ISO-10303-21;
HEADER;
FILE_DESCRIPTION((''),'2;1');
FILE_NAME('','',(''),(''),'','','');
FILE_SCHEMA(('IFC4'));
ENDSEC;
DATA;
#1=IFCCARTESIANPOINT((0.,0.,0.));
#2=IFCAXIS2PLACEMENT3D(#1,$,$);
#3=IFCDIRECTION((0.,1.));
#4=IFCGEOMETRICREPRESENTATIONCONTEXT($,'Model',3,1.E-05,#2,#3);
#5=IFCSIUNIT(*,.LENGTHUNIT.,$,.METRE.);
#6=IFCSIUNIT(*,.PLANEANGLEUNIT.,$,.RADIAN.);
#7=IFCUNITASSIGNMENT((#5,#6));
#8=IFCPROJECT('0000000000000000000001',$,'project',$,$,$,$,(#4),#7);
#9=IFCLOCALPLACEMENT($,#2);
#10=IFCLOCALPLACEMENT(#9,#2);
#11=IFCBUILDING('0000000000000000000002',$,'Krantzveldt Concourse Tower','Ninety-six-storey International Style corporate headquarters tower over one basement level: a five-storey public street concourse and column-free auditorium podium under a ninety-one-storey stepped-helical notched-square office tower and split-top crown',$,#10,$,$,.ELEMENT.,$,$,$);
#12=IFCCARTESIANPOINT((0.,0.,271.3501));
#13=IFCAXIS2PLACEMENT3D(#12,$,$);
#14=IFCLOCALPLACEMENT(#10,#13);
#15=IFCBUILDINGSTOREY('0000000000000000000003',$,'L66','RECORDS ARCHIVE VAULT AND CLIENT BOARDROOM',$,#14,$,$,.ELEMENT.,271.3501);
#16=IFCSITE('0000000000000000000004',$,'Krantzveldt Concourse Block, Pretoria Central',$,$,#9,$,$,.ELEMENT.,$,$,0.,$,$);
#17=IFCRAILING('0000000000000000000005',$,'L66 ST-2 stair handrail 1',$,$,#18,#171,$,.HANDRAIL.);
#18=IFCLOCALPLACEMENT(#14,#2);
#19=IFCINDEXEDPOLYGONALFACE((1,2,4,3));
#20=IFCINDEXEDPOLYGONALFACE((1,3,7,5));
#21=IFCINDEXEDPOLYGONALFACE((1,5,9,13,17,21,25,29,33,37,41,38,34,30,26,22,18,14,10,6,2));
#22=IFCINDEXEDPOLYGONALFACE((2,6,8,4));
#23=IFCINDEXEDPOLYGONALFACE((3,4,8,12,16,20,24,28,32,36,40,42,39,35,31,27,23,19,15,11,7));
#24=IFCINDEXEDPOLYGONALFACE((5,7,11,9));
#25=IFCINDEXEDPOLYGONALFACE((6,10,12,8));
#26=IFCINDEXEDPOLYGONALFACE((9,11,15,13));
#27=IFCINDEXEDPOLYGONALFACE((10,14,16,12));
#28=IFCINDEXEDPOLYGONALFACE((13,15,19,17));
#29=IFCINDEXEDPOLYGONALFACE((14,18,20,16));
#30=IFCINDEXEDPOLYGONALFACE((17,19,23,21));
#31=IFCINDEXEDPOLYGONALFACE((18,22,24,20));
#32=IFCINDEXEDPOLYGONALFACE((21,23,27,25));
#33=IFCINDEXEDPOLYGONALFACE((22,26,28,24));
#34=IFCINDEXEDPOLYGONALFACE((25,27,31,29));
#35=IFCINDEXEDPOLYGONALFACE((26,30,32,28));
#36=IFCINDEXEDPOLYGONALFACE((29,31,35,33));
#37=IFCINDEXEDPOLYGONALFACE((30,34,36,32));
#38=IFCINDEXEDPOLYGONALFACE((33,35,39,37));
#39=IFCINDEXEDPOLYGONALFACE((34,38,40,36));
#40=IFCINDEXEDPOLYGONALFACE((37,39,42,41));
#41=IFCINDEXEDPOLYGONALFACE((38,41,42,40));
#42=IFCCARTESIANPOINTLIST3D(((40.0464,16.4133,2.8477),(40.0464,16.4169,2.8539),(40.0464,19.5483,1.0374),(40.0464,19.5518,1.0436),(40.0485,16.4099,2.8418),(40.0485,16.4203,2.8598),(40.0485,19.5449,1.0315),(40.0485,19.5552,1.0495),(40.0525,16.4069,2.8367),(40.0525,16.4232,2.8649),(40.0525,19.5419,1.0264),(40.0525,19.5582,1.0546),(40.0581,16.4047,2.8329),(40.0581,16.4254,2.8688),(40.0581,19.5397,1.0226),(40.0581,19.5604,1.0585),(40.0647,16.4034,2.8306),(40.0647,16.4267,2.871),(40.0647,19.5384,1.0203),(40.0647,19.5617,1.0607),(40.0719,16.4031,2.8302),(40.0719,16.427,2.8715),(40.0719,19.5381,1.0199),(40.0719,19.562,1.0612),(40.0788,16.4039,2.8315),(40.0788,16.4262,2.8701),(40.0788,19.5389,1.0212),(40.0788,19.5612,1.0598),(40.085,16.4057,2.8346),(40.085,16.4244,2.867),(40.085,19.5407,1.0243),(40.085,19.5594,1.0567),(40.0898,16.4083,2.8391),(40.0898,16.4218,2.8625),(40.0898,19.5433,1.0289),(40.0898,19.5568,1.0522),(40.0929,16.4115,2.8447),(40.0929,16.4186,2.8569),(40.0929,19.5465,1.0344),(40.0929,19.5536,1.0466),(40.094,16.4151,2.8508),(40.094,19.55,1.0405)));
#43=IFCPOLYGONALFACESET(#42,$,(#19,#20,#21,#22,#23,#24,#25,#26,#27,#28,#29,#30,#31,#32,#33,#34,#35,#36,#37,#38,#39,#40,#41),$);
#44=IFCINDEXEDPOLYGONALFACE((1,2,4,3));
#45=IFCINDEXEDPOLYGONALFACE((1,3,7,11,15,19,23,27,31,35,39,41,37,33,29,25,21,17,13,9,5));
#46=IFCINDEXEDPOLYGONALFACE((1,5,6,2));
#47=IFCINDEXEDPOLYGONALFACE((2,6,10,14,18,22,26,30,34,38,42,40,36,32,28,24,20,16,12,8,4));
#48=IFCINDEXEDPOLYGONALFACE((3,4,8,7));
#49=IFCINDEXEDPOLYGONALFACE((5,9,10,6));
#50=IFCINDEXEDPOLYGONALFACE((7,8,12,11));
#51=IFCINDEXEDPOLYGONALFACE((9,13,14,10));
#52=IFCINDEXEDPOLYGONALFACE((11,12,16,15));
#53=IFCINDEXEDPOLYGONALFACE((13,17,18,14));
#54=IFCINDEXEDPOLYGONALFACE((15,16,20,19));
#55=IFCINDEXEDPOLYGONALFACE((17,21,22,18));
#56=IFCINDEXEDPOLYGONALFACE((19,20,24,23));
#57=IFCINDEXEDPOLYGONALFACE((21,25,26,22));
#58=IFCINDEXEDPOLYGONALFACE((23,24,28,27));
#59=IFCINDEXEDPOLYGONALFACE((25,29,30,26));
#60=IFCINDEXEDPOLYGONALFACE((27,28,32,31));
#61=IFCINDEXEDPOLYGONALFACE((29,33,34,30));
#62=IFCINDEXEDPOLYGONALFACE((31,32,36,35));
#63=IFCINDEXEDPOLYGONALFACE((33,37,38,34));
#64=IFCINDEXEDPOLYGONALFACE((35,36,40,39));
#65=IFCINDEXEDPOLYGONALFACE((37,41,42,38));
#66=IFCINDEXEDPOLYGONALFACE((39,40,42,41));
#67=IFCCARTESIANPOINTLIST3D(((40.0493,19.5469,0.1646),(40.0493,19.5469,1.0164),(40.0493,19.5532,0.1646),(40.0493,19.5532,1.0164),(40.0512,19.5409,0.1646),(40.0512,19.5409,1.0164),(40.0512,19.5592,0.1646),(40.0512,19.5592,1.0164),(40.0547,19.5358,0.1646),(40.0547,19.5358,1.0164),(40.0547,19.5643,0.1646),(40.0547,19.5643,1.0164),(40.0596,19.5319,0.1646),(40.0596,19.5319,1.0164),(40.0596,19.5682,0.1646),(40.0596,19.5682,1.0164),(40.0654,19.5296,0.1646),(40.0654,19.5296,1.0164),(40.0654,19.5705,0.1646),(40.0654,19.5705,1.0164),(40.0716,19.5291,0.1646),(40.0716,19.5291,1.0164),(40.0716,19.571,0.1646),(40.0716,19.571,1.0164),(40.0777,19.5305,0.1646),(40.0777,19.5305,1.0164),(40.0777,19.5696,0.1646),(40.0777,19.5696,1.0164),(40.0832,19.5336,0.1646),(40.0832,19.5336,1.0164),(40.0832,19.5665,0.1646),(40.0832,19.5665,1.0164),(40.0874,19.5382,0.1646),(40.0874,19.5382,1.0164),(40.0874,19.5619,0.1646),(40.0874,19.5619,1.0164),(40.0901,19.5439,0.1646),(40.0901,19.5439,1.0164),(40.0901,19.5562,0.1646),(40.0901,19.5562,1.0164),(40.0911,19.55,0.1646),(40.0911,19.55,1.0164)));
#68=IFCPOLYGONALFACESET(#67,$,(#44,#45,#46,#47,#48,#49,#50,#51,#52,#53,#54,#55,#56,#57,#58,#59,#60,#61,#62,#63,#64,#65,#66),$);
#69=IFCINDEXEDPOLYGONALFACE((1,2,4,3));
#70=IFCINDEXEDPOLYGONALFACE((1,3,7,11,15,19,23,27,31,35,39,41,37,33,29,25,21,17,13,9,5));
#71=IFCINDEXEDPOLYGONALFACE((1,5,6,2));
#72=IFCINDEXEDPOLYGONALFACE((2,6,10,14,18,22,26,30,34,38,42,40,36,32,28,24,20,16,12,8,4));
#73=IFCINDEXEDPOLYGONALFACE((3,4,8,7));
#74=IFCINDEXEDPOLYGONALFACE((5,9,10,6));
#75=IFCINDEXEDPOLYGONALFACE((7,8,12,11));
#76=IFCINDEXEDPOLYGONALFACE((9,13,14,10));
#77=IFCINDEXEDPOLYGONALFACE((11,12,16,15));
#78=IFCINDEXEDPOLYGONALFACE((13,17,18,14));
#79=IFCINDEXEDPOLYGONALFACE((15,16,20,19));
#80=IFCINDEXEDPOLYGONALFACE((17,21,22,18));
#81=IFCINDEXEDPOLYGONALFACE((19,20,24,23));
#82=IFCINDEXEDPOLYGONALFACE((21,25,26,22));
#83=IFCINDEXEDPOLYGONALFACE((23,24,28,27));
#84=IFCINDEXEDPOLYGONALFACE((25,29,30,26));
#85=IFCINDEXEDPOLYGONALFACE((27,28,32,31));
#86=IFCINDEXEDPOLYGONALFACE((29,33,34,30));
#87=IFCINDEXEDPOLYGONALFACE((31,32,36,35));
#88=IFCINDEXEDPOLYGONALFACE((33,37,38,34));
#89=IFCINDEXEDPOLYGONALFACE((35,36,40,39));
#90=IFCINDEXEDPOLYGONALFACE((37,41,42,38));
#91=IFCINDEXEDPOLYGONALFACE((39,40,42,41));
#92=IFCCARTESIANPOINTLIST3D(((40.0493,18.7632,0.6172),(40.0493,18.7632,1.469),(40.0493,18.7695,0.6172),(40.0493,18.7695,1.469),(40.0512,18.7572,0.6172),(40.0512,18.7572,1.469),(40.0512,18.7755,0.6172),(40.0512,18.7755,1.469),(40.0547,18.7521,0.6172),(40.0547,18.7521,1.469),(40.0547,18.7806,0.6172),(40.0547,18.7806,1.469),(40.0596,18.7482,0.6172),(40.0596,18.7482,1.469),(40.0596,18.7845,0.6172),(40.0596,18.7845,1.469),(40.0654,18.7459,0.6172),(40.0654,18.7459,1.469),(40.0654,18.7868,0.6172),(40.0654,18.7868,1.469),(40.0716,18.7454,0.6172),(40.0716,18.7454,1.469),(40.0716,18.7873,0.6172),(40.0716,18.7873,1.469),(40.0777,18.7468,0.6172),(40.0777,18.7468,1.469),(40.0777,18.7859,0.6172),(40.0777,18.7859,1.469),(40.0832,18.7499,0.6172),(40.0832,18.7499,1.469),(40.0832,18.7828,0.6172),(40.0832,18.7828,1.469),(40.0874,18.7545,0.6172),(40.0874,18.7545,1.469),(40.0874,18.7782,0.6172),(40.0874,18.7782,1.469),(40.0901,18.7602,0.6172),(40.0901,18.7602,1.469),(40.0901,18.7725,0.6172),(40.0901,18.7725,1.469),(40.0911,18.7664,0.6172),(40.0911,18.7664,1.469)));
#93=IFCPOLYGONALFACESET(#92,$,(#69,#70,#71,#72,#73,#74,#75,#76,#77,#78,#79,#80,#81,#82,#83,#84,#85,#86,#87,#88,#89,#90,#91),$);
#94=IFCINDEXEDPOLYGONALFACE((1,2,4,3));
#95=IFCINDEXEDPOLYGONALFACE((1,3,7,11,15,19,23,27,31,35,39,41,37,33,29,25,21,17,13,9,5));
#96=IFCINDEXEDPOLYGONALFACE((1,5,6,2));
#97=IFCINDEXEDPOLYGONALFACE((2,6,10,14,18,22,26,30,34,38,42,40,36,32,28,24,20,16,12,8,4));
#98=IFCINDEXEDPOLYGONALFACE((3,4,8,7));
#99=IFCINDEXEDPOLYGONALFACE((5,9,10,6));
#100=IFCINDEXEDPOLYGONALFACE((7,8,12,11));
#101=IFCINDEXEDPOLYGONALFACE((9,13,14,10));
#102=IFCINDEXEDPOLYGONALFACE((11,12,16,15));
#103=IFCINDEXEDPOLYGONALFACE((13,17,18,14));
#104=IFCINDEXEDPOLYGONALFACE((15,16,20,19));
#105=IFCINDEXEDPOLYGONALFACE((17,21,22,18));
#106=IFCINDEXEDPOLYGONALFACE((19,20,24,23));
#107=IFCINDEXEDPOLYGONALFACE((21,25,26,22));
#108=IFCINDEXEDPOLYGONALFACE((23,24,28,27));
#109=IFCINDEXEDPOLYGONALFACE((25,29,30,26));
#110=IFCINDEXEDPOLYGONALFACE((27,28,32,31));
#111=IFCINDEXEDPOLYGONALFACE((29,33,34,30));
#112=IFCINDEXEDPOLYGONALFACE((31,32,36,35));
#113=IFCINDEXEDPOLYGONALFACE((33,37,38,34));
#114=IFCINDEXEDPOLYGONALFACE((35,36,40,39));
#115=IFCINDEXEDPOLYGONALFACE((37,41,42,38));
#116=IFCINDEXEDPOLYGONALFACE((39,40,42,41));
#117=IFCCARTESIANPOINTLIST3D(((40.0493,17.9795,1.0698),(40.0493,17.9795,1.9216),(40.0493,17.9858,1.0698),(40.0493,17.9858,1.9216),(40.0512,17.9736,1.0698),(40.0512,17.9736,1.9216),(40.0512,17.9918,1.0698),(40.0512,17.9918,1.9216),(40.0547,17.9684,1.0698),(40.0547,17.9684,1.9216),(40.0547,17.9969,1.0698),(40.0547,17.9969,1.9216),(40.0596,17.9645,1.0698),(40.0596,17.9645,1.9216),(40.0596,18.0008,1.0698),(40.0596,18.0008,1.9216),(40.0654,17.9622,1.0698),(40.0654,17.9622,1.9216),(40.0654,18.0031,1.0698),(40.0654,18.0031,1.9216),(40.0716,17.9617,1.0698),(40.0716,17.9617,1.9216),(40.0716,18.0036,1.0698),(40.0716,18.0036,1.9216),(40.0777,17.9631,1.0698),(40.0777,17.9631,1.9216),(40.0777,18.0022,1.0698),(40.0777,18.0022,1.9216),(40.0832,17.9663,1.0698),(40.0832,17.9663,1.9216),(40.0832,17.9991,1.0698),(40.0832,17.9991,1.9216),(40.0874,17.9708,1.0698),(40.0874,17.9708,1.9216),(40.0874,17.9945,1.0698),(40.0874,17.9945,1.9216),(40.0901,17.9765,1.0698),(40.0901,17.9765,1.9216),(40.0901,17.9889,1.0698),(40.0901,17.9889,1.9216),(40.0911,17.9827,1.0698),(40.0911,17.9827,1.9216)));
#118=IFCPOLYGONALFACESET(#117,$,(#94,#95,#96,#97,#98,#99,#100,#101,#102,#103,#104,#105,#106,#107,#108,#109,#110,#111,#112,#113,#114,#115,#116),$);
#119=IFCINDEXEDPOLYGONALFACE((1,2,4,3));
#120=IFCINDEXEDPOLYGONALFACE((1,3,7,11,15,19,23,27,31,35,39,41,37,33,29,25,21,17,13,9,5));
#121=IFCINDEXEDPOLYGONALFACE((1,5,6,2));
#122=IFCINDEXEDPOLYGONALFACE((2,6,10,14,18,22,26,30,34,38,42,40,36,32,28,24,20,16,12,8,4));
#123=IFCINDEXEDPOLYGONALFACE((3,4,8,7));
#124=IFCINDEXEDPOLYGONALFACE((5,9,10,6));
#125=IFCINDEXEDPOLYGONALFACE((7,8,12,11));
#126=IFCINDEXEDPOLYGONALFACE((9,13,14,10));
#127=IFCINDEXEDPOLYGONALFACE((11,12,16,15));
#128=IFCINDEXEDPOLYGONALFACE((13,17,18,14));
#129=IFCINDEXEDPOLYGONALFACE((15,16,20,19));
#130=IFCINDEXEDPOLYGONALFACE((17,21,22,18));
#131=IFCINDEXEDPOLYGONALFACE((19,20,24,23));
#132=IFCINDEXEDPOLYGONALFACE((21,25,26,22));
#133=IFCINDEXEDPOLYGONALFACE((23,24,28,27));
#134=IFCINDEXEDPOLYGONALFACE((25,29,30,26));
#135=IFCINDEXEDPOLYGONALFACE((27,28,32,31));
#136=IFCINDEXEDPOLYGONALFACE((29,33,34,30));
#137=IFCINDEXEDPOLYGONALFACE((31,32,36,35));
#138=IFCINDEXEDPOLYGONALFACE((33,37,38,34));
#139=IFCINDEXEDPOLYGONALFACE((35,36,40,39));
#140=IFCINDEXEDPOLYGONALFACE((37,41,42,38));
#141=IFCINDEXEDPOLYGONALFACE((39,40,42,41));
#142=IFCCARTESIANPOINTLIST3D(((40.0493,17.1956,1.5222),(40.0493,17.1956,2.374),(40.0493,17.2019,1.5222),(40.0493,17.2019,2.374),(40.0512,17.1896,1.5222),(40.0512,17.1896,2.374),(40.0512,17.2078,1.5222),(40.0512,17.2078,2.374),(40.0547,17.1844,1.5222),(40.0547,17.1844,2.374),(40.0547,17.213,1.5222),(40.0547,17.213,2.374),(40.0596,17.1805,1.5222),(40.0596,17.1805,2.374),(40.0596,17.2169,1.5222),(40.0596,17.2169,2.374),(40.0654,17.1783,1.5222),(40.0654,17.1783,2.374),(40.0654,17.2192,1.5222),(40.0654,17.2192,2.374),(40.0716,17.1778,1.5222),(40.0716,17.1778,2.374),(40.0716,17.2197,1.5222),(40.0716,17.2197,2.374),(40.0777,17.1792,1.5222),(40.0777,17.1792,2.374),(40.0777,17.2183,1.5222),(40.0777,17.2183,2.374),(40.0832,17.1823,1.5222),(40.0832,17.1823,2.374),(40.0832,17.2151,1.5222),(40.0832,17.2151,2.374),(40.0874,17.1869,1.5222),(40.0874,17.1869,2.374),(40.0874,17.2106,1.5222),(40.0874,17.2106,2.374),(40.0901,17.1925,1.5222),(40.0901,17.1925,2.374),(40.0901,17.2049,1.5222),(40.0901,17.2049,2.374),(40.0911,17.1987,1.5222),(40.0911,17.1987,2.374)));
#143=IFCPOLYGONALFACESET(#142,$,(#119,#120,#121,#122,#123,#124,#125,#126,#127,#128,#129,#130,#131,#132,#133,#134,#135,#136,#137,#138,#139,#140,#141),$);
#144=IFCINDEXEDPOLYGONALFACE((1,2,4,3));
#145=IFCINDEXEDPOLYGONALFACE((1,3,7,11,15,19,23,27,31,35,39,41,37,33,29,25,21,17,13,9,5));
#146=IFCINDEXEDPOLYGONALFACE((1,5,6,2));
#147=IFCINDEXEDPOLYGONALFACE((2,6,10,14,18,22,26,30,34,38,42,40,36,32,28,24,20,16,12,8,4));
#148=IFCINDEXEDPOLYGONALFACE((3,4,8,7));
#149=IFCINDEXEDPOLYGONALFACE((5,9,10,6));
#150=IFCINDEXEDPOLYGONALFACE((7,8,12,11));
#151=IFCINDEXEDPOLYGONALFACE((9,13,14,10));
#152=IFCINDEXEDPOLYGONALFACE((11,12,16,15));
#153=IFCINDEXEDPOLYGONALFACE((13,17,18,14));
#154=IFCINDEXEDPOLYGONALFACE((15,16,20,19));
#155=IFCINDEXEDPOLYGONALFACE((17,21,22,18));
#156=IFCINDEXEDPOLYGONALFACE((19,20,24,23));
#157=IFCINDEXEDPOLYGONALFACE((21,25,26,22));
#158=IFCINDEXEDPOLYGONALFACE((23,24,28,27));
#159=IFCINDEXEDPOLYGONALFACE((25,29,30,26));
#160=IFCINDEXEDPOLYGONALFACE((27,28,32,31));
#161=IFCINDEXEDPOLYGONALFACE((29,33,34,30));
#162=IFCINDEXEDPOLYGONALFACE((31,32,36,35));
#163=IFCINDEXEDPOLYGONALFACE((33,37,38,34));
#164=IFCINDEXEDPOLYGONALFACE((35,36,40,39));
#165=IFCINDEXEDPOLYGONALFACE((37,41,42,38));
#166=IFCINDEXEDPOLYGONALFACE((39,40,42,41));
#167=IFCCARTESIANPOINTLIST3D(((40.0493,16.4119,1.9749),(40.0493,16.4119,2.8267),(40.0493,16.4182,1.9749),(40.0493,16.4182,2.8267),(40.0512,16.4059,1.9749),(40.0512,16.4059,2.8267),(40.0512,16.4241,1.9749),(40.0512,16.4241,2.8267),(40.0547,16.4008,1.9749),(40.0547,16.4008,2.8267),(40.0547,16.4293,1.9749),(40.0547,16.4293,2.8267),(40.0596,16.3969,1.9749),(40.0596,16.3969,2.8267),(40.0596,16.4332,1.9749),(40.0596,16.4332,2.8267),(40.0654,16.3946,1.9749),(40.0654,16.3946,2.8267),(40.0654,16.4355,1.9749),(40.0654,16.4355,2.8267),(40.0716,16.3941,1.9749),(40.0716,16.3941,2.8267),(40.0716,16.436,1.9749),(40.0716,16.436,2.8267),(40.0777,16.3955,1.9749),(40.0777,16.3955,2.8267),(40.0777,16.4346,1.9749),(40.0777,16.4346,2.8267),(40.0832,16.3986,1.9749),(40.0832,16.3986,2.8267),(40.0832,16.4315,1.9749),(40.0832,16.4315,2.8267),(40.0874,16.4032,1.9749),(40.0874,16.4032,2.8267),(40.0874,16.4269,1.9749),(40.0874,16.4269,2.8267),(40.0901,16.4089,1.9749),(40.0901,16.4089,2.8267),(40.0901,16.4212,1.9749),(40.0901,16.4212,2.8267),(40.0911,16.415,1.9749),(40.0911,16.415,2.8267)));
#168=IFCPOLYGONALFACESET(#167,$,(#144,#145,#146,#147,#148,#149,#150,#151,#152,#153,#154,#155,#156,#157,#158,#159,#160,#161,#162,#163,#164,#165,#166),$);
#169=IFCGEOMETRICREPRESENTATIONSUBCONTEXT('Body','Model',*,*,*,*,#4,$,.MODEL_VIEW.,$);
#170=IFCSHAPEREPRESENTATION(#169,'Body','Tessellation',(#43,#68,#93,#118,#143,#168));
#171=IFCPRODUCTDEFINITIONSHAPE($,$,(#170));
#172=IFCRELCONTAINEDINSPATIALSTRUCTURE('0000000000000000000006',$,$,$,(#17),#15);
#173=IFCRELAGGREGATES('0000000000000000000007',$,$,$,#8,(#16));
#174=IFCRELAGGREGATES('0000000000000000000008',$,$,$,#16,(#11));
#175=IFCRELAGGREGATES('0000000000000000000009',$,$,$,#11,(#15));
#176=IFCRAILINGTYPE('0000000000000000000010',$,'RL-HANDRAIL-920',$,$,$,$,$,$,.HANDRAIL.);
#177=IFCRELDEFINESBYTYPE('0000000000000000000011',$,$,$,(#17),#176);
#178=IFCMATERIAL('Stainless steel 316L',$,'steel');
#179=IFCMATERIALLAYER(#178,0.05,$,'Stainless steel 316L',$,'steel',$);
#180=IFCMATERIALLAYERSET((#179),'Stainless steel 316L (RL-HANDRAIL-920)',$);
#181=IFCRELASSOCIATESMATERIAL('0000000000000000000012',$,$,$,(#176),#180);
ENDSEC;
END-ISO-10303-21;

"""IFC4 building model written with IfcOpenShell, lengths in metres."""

from ifc_helpers import new_model, si_unit, direction, frame, origin, origin_2d, place, context, subcontext, project, spatial, circle, extrude, material, layer, layer_set, type_object, element, save


model = new_model("IFC4")

# Units and contexts
model_context = context("Model", 3, precision=1e-05, world=origin(), true_north=direction((0.0, 1.0)))
body_context = subcontext(model_context, "Body", "Model", "MODEL_VIEW")
ifc_project = project(units=[si_unit("LENGTHUNIT", "METRE"), si_unit("PLANEANGLEUNIT", "RADIAN")], contexts=[model_context])

# Site, building, storey
site_placement = place(None, origin())
site = spatial("IfcSite", under=ifc_project, at=site_placement, Name="Krantzveldt Concourse Block, Pretoria Central", CompositionType="ELEMENT", RefElevation=0.0)
building_placement = place(site_placement, origin())
building = spatial("IfcBuilding", under=site, at=building_placement, Name="Krantzveldt Concourse Tower", Description="Ninety-six-storey International Style corporate headquarters tower over one basement level: a five-storey public street concourse and column-free auditorium podium under a ninety-one-storey stepped-helical notched-square office tower and split-top crown", CompositionType="ELEMENT")
storey_placement = place(building_placement, frame((0.0, 0.0, 271.3501)))
storey = spatial("IfcBuildingStorey", under=building, at=storey_placement, Name="L66", Description="RECORDS ARCHIVE VAULT AND CLIENT BOARDROOM", CompositionType="ELEMENT", Elevation=271.3501)

# Shared definitions
ifc_material_1 = material(Name="Stainless steel 316L", Category="steel")

# Railing
ifc_layer_1 = layer(ifc_material_1, 0.05, Name="Stainless steel 316L", Category="steel")
ifc_layer_set_1 = layer_set([ifc_layer_1], Name="Stainless steel 316L (RL-HANDRAIL-920)")
railing_type_1 = type_object("IfcRailingType", Name="RL-HANDRAIL-920", PredefinedType="HANDRAIL", material=ifc_layer_set_1)
railing_1_placement = place(storey_placement, frame((40.0701, 19.55, 0.1646)))
element("IfcRailing", 1, at=railing_1_placement, inside=storey, type_object=railing_type_1, Name="L66 ST-2 stair handrail 1", PredefinedType="HANDRAIL", context=body_context, shape_type="SweptSolid", body=[
    extrude(circle(Radius=0.0239, at=origin_2d()), frame((0.0, 0.0, 0.876), z_axis=(0.0, -0.865989, 0.500063), x_axis=(1.0, 0.0, 0.0)), (0.0, 0.0, 1.0), 3.6201),
    extrude(circle(Radius=0.021, at=origin_2d()), origin(), (0.0, 0.0, 1.0), 0.8518),
    extrude(circle(Radius=0.021, at=origin_2d()), frame((0.0, -0.7837, 0.4526)), (0.0, 0.0, 1.0), 0.8518),
    extrude(circle(Radius=0.021, at=origin_2d()), frame((0.0, -1.5674, 0.9053)), (0.0, 0.0, 1.0), 0.8518),
    extrude(circle(Radius=0.021, at=origin_2d()), frame((0.0, -2.3513, 1.3577)), (0.0, 0.0, 1.0), 0.8518),
    extrude(circle(Radius=0.021, at=origin_2d()), frame((0.0, -3.135, 1.8103)), (0.0, 0.0, 1.0), 0.8518),
])

save(model, "model.ifc")
